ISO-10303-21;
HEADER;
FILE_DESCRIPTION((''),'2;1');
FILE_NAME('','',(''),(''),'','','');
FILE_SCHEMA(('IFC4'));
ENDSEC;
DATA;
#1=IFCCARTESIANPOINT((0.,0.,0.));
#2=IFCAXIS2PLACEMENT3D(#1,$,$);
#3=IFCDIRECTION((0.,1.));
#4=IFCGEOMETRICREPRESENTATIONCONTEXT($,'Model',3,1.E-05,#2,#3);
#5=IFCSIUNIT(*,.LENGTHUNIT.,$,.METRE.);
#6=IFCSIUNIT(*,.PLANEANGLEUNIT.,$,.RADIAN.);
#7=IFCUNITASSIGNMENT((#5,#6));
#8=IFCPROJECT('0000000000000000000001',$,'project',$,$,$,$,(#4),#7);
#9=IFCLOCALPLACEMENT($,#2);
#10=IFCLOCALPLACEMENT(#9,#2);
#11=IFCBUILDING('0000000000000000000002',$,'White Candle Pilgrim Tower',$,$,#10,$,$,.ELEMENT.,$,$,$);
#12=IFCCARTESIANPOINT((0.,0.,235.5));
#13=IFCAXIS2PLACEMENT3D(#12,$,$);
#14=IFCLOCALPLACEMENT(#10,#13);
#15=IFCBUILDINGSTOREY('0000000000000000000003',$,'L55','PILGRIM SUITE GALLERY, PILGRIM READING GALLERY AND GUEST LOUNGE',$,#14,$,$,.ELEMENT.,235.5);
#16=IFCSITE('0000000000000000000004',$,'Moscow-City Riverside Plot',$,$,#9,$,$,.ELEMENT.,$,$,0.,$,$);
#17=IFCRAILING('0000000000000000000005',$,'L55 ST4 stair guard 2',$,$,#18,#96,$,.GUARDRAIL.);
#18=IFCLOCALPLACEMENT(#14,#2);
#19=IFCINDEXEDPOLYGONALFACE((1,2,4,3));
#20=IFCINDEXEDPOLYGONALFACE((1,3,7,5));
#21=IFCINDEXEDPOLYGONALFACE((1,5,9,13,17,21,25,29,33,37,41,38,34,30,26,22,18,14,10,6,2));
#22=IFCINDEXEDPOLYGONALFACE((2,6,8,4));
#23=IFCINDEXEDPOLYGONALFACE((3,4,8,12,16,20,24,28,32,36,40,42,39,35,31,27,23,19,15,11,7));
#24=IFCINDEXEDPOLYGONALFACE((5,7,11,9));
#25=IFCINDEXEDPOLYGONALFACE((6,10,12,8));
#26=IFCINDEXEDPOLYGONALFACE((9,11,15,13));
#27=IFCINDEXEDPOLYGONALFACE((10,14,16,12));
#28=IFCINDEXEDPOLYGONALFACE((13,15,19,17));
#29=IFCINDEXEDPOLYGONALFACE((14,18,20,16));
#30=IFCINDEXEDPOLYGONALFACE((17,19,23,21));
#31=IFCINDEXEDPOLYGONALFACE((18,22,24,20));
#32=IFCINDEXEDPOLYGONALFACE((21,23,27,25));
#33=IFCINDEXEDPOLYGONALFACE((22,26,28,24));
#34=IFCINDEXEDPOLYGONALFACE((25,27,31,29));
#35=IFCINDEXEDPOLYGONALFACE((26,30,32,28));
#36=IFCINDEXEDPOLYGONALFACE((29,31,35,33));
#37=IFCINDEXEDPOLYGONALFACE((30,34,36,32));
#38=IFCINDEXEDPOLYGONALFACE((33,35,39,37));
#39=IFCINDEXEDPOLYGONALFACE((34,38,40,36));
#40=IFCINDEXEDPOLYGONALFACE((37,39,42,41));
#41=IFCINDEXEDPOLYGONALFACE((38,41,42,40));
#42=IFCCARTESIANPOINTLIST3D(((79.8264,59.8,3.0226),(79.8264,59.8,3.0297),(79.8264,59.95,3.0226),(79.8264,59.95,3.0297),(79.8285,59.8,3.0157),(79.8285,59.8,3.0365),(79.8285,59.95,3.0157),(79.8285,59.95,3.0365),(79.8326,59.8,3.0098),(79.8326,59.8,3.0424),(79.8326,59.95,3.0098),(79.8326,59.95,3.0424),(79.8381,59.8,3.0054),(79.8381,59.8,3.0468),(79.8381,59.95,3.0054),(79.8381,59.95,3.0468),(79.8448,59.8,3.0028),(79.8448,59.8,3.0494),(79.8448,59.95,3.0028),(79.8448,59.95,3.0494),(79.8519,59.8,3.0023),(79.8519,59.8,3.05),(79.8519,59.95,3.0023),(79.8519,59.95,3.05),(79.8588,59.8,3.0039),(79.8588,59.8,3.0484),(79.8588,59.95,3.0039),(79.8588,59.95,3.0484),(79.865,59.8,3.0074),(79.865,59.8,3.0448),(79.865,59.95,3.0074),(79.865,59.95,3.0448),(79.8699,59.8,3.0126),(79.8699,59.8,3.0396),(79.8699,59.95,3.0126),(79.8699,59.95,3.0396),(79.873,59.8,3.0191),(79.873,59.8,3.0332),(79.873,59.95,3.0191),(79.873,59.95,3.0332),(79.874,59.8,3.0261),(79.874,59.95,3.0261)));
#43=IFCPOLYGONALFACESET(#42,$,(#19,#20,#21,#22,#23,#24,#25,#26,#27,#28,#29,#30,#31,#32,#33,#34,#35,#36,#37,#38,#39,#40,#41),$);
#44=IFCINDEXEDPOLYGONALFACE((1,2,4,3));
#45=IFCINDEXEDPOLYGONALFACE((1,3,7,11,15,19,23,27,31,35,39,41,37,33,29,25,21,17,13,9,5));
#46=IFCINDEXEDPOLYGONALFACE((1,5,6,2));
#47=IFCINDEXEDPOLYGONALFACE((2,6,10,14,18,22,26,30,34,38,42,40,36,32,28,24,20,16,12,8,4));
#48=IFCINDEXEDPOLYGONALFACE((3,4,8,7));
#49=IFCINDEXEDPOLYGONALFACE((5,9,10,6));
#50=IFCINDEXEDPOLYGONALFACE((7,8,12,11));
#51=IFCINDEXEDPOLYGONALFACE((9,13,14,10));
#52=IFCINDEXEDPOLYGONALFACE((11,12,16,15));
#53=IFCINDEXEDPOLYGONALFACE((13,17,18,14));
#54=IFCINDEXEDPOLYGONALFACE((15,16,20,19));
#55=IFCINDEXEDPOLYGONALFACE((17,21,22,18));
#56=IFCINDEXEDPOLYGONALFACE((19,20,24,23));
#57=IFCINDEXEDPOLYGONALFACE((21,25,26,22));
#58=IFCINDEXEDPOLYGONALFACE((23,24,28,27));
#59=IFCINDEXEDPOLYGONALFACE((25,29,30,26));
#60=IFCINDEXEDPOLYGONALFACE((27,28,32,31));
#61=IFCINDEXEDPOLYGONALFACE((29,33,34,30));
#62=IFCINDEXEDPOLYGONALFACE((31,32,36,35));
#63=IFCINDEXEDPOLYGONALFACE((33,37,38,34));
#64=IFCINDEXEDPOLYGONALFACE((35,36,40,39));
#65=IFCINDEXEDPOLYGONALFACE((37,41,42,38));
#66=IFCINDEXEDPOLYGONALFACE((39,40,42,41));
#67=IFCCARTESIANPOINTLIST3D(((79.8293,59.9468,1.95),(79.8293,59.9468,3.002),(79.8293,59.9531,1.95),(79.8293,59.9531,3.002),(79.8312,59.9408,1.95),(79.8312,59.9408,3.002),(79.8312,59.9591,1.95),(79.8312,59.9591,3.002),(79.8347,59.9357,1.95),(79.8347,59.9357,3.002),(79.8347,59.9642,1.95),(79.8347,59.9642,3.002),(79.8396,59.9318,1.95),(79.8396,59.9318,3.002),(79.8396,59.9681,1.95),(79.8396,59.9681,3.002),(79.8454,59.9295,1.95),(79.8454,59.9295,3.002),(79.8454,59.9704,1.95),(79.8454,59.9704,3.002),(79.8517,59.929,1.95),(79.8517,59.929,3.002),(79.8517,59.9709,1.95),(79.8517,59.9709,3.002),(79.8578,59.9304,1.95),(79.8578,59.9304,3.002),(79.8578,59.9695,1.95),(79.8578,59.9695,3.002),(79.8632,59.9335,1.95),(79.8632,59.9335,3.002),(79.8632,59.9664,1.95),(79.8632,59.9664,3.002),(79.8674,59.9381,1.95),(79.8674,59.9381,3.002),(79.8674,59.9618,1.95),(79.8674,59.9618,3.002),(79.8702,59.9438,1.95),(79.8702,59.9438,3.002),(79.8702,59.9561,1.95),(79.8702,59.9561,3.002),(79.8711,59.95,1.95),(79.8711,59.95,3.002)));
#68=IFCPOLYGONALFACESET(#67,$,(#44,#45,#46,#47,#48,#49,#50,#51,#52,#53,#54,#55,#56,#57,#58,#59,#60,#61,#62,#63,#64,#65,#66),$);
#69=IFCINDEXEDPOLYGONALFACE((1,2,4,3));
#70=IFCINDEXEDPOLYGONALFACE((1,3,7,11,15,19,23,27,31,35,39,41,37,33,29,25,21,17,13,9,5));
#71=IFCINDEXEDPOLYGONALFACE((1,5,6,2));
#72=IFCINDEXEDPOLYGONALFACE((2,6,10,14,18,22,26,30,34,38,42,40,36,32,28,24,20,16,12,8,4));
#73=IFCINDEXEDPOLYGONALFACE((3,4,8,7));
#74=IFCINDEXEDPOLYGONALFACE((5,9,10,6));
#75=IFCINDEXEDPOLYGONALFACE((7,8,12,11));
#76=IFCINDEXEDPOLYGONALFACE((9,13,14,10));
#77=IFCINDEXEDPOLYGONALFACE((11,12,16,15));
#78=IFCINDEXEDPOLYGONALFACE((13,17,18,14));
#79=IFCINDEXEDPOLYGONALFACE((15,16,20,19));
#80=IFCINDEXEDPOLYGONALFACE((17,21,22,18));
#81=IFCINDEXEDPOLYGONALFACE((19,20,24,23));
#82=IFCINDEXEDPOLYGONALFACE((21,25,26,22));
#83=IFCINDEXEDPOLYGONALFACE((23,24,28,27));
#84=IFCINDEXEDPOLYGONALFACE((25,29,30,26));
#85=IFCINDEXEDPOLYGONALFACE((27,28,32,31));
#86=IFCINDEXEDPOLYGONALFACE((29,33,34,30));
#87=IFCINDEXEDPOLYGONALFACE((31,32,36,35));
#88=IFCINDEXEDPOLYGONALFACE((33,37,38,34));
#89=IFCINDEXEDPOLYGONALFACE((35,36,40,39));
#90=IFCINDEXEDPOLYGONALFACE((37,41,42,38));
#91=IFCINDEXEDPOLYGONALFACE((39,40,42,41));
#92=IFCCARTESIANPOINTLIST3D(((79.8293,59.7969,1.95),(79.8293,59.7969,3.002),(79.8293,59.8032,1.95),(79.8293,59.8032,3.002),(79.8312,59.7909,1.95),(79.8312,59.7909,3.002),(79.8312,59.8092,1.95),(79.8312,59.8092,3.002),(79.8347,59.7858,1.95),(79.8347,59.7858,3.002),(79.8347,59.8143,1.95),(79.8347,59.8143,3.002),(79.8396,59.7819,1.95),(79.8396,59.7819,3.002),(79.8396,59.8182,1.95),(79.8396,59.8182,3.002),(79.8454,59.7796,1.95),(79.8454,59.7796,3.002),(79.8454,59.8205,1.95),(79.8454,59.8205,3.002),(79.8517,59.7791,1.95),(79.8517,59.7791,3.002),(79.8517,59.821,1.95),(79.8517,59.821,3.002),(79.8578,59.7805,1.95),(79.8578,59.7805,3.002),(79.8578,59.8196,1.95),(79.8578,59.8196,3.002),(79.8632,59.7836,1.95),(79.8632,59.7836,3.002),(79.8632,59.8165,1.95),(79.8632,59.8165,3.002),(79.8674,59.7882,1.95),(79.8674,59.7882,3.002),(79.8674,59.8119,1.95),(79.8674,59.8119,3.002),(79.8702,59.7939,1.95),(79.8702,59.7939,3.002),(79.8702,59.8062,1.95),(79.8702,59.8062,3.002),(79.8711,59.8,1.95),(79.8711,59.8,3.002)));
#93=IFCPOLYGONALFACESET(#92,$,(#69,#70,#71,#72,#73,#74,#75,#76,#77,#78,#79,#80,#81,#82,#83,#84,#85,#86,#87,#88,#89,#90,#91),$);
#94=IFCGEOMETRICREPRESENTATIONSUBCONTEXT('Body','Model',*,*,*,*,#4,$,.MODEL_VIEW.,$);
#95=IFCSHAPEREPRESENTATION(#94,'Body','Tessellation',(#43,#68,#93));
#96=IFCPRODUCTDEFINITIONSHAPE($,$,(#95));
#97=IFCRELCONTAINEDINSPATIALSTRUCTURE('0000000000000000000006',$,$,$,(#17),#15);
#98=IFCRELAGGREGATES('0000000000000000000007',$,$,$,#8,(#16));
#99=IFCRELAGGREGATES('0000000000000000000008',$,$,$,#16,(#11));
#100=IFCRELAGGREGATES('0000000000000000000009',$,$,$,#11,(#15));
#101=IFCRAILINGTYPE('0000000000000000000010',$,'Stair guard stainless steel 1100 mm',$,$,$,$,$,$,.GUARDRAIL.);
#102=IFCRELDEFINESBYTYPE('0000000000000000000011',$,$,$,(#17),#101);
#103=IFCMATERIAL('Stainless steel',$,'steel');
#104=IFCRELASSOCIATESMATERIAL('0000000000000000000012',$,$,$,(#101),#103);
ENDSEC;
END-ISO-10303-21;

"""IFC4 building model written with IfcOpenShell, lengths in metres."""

from ifc_helpers import new_model, si_unit, direction, frame, origin, origin_2d, place, context, subcontext, project, spatial, circle, extrude, material, type_object, element, save


model = new_model("IFC4")

# Units and contexts
model_context = context("Model", 3, precision=1e-05, world=origin(), true_north=direction((0.0, 1.0)))
body_context = subcontext(model_context, "Body", "Model", "MODEL_VIEW")
ifc_project = project(units=[si_unit("LENGTHUNIT", "METRE"), si_unit("PLANEANGLEUNIT", "RADIAN")], contexts=[model_context])

# Site, building, storey
site_placement = place(None, origin())
site = spatial("IfcSite", under=ifc_project, at=site_placement, Name="Moscow-City Riverside Plot", CompositionType="ELEMENT", RefElevation=0.0)
building_placement = place(site_placement, origin())
building = spatial("IfcBuilding", under=site, at=building_placement, Name="White Candle Pilgrim Tower", CompositionType="ELEMENT")
storey_placement = place(building_placement, frame((0.0, 0.0, 235.5)))
storey = spatial("IfcBuildingStorey", under=building, at=storey_placement, Name="L55", Description="PILGRIM SUITE GALLERY, PILGRIM READING GALLERY AND GUEST LOUNGE", CompositionType="ELEMENT", Elevation=235.5)

# Railing
ifc_material_1 = material(Name="Stainless steel", Category="steel")
railing_type_1 = type_object("IfcRailingType", Name="Stair guard stainless steel 1100 mm", PredefinedType="GUARDRAIL", material=ifc_material_1)
railing_1_placement = place(storey_placement, frame((79.8501, 59.95, 1.95)))
element("IfcRailing", 1, at=railing_1_placement, inside=storey, type_object=railing_type_1, Name="L55 ST4 stair guard 2", PredefinedType="GUARDRAIL", context=body_context, shape_type="SweptSolid", body=[
    extrude(circle(Radius=0.0239, at=origin_2d()), frame((0.0, 0.0, 1.0762), z_axis=(0.0, -1.0, 0.0), x_axis=(1.0, 0.0, 0.0)), (0.0, 0.0, 1.0), 0.1499),
    extrude(circle(Radius=0.021, at=origin_2d()), origin(), (0.0, 0.0, 1.0), 1.052),
    extrude(circle(Radius=0.021, at=origin_2d()), frame((0.0, -0.1499, 0.0)), (0.0, 0.0, 1.0), 1.052),
])

save(model, "model.ifc")
